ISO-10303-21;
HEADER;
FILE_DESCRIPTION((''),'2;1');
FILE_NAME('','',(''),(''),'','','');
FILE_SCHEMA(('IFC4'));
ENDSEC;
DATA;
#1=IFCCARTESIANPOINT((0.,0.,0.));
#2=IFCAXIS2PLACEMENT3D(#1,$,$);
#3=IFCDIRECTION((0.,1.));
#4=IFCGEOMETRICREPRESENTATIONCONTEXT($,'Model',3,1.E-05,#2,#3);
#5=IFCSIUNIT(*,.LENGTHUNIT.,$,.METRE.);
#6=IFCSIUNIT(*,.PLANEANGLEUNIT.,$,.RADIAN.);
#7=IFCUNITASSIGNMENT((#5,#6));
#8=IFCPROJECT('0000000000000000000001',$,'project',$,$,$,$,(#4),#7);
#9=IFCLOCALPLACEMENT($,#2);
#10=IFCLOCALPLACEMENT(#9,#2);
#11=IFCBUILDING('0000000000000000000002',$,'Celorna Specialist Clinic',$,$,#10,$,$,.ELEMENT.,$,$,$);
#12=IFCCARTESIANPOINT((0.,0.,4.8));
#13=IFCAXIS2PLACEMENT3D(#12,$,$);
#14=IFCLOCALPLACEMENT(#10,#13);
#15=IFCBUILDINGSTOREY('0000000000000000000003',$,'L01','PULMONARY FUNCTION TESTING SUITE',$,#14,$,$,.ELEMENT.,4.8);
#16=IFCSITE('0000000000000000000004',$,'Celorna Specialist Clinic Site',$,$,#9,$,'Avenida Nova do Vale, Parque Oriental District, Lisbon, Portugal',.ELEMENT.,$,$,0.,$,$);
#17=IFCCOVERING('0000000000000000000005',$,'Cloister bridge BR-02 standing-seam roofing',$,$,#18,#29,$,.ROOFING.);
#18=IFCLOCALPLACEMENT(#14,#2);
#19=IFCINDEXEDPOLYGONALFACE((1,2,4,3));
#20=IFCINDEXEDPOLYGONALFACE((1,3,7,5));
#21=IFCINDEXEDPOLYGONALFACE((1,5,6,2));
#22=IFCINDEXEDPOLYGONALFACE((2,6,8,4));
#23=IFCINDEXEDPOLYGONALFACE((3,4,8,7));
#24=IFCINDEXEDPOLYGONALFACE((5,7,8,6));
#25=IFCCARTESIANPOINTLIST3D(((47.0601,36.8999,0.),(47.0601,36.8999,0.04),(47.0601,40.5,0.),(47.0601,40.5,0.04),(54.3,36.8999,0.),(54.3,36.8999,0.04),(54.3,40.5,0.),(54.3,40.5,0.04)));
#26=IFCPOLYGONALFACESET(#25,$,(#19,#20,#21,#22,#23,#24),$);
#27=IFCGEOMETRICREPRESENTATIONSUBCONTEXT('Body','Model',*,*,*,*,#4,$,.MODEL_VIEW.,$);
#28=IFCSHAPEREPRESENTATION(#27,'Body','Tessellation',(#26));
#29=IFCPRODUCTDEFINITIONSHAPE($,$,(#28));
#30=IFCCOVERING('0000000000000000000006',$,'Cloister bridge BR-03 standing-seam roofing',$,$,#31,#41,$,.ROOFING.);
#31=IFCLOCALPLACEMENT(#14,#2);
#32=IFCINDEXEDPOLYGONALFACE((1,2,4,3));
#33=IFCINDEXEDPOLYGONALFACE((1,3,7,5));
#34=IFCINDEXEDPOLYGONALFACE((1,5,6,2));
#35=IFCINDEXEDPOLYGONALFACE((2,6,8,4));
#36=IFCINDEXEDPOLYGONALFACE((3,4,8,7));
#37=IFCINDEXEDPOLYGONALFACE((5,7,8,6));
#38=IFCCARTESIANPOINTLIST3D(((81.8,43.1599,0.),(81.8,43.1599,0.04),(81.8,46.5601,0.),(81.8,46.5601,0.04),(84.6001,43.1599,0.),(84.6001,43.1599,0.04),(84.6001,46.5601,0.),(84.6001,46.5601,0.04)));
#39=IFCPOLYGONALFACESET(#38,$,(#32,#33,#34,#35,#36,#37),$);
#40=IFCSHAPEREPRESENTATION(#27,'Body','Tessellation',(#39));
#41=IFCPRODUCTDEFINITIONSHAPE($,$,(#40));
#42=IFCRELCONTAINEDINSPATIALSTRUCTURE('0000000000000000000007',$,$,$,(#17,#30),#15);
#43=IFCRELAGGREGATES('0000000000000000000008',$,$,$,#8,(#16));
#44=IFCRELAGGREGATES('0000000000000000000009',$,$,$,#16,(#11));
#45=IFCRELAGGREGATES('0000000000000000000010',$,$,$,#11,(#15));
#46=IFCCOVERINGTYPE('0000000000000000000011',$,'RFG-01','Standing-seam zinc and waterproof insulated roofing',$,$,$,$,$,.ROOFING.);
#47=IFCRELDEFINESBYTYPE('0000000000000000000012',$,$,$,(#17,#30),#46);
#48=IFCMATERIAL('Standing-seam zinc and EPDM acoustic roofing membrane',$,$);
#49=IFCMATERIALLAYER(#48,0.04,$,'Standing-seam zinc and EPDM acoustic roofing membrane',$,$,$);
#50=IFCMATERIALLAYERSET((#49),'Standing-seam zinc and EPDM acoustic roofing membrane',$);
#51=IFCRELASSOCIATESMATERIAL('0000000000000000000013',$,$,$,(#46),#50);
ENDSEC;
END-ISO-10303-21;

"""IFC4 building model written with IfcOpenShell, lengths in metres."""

from ifc_helpers import new_model, si_unit, direction, frame, origin, place, context, subcontext, project, spatial, polyline, outline, extrude, material, layer, layer_set, type_object, element, save


model = new_model("IFC4")

# Units and contexts
model_context = context("Model", 3, precision=1e-05, world=origin(), true_north=direction((0.0, 1.0)))
body_context = subcontext(model_context, "Body", "Model", "MODEL_VIEW")
ifc_project = project(units=[si_unit("LENGTHUNIT", "METRE"), si_unit("PLANEANGLEUNIT", "RADIAN")], contexts=[model_context])

# Site, building, storey
site_placement = place(None, origin())
site = spatial("IfcSite", under=ifc_project, at=site_placement, Name="Celorna Specialist Clinic Site", LongName="Avenida Nova do Vale, Parque Oriental District, Lisbon, Portugal", CompositionType="ELEMENT", RefElevation=0.0)
building_placement = place(site_placement, origin())
building = spatial("IfcBuilding", under=site, at=building_placement, Name="Celorna Specialist Clinic", CompositionType="ELEMENT")
storey_placement = place(building_placement, frame((0.0, 0.0, 4.8)))
storey = spatial("IfcBuildingStorey", under=building, at=storey_placement, Name="L01", Description="PULMONARY FUNCTION TESTING SUITE", CompositionType="ELEMENT", Elevation=4.8)

# Coverings
ifc_material_1 = material(Name="Standing-seam zinc and EPDM acoustic roofing membrane")
ifc_layer_1 = layer(ifc_material_1, 0.04, Name="Standing-seam zinc and EPDM acoustic roofing membrane")
ifc_layer_set_1 = layer_set([ifc_layer_1], Name="Standing-seam zinc and EPDM acoustic roofing membrane")
covering_type_1 = type_object("IfcCoveringType", Name="RFG-01", Description="Standing-seam zinc and waterproof insulated roofing", PredefinedType="ROOFING", material=ifc_layer_set_1)
covering_1_placement = place(storey_placement, origin())
element("IfcCovering", 1, at=covering_1_placement, inside=storey, type_object=covering_type_1, Name="Cloister bridge BR-02 standing-seam roofing", PredefinedType="ROOFING", context=body_context, shape_type="SweptSolid", body=[
    extrude(outline(polyline([(47.0601, 36.8999), (54.3, 36.8999), (54.3, 40.5), (47.0601, 40.5), (47.0601, 36.8999)])), origin(), (0.0, 0.0, 1.0), 0.04),
])
covering_2_placement = place(storey_placement, origin())
element("IfcCovering", 2, at=covering_2_placement, inside=storey, type_object=covering_type_1, Name="Cloister bridge BR-03 standing-seam roofing", PredefinedType="ROOFING", context=body_context, shape_type="SweptSolid", body=[
    extrude(outline(polyline([(81.8, 43.1599), (84.6001, 43.1599), (84.6001, 46.5601), (81.8, 46.5601), (81.8, 43.1599)])), origin(), (0.0, 0.0, 1.0), 0.04),
])

save(model, "model.ifc")
